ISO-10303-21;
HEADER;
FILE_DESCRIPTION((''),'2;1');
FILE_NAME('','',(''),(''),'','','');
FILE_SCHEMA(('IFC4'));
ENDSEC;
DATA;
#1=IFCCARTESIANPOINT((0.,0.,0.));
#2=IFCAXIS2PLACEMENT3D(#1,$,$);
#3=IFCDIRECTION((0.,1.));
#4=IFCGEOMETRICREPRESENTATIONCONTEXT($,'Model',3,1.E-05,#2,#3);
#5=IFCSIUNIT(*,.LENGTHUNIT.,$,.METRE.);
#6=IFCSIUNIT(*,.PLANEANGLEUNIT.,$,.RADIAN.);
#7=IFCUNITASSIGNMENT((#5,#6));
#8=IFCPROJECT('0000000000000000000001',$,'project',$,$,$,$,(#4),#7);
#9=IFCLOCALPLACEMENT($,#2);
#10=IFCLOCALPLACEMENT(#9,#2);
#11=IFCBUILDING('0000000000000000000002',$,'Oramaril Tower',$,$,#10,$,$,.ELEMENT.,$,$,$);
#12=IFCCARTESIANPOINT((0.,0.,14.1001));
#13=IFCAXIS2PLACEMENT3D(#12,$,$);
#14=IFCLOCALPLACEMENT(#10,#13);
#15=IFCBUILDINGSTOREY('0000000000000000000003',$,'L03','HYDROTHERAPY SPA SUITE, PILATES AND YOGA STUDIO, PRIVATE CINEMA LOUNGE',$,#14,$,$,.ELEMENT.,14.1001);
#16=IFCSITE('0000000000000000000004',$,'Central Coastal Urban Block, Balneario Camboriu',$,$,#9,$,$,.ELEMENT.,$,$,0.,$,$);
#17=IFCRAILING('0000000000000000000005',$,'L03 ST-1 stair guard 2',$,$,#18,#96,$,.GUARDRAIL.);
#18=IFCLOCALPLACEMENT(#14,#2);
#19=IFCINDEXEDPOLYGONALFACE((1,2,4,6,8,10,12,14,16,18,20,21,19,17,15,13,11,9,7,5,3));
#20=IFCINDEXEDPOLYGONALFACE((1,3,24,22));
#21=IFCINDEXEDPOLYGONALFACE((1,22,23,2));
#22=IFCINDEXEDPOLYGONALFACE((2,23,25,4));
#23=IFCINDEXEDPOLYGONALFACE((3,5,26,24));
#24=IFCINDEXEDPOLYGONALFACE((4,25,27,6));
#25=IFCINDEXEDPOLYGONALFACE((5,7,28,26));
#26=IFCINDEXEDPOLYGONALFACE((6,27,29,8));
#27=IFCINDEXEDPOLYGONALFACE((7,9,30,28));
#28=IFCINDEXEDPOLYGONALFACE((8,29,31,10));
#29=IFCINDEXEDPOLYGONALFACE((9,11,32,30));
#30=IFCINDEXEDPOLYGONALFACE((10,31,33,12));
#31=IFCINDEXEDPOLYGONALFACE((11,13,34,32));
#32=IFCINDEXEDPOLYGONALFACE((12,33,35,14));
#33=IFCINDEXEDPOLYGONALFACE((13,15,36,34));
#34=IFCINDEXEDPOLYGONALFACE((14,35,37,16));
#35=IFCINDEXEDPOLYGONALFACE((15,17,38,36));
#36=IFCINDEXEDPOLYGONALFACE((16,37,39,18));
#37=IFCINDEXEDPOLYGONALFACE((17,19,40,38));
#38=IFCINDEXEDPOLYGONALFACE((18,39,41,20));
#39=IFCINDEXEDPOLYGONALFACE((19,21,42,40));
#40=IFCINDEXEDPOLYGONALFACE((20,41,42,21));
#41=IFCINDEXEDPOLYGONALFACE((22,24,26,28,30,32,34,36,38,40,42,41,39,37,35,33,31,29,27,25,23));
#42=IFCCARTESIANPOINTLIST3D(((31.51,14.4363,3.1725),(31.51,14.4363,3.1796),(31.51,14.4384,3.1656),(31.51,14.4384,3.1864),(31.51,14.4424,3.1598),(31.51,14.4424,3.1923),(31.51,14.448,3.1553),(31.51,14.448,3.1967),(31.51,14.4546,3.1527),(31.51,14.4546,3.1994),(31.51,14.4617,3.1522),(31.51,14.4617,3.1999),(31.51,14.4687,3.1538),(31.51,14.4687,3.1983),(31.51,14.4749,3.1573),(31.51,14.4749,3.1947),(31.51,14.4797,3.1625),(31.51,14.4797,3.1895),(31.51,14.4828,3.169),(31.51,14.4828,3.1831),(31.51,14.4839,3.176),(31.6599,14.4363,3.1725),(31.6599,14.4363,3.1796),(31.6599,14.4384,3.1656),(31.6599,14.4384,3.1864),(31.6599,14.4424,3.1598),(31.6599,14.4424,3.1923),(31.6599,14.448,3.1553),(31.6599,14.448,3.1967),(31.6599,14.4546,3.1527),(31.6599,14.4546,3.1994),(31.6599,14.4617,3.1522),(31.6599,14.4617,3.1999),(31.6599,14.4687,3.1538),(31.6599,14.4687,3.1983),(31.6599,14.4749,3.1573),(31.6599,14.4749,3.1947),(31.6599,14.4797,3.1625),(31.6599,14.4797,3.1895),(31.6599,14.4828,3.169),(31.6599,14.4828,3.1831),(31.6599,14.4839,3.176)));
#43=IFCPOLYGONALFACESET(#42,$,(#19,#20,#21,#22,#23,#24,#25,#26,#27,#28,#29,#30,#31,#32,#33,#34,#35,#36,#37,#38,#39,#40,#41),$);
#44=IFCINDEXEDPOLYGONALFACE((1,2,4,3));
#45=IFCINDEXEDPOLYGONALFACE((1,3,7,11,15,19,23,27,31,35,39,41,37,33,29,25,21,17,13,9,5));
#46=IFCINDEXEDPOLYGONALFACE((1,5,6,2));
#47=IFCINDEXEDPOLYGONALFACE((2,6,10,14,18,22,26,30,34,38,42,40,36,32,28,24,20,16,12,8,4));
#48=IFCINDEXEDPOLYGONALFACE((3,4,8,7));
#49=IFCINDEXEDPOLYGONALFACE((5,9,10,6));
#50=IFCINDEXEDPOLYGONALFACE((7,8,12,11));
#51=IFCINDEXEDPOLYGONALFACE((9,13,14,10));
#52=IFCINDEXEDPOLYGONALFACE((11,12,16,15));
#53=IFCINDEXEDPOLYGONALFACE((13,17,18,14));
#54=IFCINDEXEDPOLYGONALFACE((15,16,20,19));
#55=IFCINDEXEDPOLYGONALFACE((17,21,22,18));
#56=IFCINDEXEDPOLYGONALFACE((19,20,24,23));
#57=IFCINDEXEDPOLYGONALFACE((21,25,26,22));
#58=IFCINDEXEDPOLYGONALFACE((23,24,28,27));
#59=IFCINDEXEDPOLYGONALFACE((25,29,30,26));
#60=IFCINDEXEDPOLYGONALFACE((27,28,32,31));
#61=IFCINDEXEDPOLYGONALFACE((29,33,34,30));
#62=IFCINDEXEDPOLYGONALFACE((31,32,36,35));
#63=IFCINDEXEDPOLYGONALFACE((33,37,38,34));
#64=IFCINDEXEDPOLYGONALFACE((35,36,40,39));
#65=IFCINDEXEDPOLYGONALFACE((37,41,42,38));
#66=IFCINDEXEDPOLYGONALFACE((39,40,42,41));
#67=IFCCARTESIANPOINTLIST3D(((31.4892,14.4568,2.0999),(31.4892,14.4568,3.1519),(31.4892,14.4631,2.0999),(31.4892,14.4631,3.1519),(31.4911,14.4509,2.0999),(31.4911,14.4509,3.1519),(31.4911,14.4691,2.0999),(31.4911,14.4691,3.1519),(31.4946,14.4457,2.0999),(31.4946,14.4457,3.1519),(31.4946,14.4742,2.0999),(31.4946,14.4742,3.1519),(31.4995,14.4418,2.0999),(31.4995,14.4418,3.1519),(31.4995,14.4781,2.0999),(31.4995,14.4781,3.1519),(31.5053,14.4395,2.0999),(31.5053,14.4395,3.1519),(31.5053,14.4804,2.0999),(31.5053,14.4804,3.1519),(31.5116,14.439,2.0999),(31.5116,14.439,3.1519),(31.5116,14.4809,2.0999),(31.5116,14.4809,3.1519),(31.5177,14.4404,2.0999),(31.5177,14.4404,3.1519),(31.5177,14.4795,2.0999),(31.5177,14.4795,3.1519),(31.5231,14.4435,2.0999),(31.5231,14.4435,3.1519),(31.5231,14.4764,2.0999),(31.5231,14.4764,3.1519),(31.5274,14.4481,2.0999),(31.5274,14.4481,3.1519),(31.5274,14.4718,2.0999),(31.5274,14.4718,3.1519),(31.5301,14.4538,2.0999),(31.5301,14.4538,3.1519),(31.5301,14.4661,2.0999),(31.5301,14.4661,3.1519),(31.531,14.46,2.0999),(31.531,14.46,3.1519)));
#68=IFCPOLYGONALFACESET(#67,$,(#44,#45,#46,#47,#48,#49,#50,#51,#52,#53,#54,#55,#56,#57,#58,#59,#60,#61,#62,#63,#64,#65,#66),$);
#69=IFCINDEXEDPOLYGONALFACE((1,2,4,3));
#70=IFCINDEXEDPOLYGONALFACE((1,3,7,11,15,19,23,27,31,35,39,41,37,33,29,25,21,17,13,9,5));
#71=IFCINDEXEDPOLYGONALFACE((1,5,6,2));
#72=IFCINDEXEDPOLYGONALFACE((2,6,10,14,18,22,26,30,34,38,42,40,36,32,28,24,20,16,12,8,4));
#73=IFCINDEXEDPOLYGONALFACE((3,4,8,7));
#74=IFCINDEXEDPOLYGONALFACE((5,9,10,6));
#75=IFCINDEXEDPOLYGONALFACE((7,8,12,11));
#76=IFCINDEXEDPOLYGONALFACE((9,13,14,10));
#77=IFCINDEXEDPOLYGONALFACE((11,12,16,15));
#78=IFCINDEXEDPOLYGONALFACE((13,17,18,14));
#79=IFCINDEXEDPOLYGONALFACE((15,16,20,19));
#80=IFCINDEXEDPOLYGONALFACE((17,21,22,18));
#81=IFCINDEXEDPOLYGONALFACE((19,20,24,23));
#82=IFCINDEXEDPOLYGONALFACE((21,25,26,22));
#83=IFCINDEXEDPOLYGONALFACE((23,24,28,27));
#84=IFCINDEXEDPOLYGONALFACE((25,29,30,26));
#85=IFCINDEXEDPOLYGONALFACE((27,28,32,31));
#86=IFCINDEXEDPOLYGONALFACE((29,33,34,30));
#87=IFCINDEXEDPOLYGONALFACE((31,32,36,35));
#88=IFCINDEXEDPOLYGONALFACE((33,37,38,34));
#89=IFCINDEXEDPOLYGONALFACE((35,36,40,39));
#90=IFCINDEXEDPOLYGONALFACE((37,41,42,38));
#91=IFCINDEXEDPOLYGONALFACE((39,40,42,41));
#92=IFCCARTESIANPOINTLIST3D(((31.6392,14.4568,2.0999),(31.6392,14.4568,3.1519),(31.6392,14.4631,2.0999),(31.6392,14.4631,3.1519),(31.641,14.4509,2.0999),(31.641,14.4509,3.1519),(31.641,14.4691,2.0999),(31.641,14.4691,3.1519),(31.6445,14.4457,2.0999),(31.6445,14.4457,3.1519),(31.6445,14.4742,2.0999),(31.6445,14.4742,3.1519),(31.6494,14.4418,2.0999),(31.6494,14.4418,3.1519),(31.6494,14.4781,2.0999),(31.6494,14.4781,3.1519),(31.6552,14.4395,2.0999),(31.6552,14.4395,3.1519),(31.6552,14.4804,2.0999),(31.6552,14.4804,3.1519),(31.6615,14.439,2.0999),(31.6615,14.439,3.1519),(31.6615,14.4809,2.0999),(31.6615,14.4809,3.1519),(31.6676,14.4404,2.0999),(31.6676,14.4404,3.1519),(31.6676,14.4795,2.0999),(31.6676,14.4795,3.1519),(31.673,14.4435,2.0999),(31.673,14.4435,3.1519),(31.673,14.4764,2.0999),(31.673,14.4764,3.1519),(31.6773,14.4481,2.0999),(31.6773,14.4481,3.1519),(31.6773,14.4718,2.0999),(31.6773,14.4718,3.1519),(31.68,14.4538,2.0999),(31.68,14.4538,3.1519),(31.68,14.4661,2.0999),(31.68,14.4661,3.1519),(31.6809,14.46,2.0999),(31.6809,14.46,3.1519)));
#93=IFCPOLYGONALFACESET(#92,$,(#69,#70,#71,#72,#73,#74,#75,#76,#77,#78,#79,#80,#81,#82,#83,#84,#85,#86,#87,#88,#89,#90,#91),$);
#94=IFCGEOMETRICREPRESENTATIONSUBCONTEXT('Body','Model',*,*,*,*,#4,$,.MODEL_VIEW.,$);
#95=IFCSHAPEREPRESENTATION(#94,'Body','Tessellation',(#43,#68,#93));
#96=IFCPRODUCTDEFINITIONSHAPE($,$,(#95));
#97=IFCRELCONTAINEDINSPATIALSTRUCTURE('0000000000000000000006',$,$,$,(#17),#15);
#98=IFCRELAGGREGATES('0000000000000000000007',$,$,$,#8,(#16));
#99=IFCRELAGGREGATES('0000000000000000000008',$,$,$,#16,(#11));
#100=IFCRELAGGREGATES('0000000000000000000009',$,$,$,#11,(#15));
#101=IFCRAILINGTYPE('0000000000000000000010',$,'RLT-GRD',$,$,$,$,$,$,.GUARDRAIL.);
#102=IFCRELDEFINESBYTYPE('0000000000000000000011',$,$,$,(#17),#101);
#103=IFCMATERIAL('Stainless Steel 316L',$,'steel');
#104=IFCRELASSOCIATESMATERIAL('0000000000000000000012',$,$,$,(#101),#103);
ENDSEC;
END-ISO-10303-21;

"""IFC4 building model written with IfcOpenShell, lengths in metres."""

from ifc_helpers import new_model, si_unit, direction, frame, origin, origin_2d, place, context, subcontext, project, spatial, circle, extrude, material, type_object, element, save


model = new_model("IFC4")

# Units and contexts
model_context = context("Model", 3, precision=1e-05, world=origin(), true_north=direction((0.0, 1.0)))
body_context = subcontext(model_context, "Body", "Model", "MODEL_VIEW")
ifc_project = project(units=[si_unit("LENGTHUNIT", "METRE"), si_unit("PLANEANGLEUNIT", "RADIAN")], contexts=[model_context])

# Site, building, storey
site_placement = place(None, origin())
site = spatial("IfcSite", under=ifc_project, at=site_placement, Name="Central Coastal Urban Block, Balneario Camboriu", CompositionType="ELEMENT", RefElevation=0.0)
building_placement = place(site_placement, origin())
building = spatial("IfcBuilding", under=site, at=building_placement, Name="Oramaril Tower", CompositionType="ELEMENT")
storey_placement = place(building_placement, frame((0.0, 0.0, 14.1001)))
storey = spatial("IfcBuildingStorey", under=building, at=storey_placement, Name="L03", Description="HYDROTHERAPY SPA SUITE, PILATES AND YOGA STUDIO, PRIVATE CINEMA LOUNGE", CompositionType="ELEMENT", Elevation=14.1001)

# Railing
ifc_material_1 = material(Name="Stainless Steel 316L", Category="steel")
railing_type_1 = type_object("IfcRailingType", Name="RLT-GRD", PredefinedType="GUARDRAIL", material=ifc_material_1)
railing_1_placement = place(storey_placement, frame((31.51, 14.46, 2.0999)))
element("IfcRailing", 1, at=railing_1_placement, inside=storey, type_object=railing_type_1, Name="L03 ST-1 stair guard 2", PredefinedType="GUARDRAIL", context=body_context, shape_type="SweptSolid", body=[
    extrude(circle(Radius=0.0239, at=origin_2d()), frame((0.0, 0.0, 1.0762), z_axis=(1.0, 0.0, 0.0), x_axis=(0.0, 1.0, 0.0)), (0.0, 0.0, 1.0), 0.1499),
    extrude(circle(Radius=0.021, at=origin_2d()), origin(), (0.0, 0.0, 1.0), 1.052),
    extrude(circle(Radius=0.021, at=origin_2d()), frame((0.1499, 0.0, 0.0)), (0.0, 0.0, 1.0), 1.052),
])

save(model, "model.ifc")
